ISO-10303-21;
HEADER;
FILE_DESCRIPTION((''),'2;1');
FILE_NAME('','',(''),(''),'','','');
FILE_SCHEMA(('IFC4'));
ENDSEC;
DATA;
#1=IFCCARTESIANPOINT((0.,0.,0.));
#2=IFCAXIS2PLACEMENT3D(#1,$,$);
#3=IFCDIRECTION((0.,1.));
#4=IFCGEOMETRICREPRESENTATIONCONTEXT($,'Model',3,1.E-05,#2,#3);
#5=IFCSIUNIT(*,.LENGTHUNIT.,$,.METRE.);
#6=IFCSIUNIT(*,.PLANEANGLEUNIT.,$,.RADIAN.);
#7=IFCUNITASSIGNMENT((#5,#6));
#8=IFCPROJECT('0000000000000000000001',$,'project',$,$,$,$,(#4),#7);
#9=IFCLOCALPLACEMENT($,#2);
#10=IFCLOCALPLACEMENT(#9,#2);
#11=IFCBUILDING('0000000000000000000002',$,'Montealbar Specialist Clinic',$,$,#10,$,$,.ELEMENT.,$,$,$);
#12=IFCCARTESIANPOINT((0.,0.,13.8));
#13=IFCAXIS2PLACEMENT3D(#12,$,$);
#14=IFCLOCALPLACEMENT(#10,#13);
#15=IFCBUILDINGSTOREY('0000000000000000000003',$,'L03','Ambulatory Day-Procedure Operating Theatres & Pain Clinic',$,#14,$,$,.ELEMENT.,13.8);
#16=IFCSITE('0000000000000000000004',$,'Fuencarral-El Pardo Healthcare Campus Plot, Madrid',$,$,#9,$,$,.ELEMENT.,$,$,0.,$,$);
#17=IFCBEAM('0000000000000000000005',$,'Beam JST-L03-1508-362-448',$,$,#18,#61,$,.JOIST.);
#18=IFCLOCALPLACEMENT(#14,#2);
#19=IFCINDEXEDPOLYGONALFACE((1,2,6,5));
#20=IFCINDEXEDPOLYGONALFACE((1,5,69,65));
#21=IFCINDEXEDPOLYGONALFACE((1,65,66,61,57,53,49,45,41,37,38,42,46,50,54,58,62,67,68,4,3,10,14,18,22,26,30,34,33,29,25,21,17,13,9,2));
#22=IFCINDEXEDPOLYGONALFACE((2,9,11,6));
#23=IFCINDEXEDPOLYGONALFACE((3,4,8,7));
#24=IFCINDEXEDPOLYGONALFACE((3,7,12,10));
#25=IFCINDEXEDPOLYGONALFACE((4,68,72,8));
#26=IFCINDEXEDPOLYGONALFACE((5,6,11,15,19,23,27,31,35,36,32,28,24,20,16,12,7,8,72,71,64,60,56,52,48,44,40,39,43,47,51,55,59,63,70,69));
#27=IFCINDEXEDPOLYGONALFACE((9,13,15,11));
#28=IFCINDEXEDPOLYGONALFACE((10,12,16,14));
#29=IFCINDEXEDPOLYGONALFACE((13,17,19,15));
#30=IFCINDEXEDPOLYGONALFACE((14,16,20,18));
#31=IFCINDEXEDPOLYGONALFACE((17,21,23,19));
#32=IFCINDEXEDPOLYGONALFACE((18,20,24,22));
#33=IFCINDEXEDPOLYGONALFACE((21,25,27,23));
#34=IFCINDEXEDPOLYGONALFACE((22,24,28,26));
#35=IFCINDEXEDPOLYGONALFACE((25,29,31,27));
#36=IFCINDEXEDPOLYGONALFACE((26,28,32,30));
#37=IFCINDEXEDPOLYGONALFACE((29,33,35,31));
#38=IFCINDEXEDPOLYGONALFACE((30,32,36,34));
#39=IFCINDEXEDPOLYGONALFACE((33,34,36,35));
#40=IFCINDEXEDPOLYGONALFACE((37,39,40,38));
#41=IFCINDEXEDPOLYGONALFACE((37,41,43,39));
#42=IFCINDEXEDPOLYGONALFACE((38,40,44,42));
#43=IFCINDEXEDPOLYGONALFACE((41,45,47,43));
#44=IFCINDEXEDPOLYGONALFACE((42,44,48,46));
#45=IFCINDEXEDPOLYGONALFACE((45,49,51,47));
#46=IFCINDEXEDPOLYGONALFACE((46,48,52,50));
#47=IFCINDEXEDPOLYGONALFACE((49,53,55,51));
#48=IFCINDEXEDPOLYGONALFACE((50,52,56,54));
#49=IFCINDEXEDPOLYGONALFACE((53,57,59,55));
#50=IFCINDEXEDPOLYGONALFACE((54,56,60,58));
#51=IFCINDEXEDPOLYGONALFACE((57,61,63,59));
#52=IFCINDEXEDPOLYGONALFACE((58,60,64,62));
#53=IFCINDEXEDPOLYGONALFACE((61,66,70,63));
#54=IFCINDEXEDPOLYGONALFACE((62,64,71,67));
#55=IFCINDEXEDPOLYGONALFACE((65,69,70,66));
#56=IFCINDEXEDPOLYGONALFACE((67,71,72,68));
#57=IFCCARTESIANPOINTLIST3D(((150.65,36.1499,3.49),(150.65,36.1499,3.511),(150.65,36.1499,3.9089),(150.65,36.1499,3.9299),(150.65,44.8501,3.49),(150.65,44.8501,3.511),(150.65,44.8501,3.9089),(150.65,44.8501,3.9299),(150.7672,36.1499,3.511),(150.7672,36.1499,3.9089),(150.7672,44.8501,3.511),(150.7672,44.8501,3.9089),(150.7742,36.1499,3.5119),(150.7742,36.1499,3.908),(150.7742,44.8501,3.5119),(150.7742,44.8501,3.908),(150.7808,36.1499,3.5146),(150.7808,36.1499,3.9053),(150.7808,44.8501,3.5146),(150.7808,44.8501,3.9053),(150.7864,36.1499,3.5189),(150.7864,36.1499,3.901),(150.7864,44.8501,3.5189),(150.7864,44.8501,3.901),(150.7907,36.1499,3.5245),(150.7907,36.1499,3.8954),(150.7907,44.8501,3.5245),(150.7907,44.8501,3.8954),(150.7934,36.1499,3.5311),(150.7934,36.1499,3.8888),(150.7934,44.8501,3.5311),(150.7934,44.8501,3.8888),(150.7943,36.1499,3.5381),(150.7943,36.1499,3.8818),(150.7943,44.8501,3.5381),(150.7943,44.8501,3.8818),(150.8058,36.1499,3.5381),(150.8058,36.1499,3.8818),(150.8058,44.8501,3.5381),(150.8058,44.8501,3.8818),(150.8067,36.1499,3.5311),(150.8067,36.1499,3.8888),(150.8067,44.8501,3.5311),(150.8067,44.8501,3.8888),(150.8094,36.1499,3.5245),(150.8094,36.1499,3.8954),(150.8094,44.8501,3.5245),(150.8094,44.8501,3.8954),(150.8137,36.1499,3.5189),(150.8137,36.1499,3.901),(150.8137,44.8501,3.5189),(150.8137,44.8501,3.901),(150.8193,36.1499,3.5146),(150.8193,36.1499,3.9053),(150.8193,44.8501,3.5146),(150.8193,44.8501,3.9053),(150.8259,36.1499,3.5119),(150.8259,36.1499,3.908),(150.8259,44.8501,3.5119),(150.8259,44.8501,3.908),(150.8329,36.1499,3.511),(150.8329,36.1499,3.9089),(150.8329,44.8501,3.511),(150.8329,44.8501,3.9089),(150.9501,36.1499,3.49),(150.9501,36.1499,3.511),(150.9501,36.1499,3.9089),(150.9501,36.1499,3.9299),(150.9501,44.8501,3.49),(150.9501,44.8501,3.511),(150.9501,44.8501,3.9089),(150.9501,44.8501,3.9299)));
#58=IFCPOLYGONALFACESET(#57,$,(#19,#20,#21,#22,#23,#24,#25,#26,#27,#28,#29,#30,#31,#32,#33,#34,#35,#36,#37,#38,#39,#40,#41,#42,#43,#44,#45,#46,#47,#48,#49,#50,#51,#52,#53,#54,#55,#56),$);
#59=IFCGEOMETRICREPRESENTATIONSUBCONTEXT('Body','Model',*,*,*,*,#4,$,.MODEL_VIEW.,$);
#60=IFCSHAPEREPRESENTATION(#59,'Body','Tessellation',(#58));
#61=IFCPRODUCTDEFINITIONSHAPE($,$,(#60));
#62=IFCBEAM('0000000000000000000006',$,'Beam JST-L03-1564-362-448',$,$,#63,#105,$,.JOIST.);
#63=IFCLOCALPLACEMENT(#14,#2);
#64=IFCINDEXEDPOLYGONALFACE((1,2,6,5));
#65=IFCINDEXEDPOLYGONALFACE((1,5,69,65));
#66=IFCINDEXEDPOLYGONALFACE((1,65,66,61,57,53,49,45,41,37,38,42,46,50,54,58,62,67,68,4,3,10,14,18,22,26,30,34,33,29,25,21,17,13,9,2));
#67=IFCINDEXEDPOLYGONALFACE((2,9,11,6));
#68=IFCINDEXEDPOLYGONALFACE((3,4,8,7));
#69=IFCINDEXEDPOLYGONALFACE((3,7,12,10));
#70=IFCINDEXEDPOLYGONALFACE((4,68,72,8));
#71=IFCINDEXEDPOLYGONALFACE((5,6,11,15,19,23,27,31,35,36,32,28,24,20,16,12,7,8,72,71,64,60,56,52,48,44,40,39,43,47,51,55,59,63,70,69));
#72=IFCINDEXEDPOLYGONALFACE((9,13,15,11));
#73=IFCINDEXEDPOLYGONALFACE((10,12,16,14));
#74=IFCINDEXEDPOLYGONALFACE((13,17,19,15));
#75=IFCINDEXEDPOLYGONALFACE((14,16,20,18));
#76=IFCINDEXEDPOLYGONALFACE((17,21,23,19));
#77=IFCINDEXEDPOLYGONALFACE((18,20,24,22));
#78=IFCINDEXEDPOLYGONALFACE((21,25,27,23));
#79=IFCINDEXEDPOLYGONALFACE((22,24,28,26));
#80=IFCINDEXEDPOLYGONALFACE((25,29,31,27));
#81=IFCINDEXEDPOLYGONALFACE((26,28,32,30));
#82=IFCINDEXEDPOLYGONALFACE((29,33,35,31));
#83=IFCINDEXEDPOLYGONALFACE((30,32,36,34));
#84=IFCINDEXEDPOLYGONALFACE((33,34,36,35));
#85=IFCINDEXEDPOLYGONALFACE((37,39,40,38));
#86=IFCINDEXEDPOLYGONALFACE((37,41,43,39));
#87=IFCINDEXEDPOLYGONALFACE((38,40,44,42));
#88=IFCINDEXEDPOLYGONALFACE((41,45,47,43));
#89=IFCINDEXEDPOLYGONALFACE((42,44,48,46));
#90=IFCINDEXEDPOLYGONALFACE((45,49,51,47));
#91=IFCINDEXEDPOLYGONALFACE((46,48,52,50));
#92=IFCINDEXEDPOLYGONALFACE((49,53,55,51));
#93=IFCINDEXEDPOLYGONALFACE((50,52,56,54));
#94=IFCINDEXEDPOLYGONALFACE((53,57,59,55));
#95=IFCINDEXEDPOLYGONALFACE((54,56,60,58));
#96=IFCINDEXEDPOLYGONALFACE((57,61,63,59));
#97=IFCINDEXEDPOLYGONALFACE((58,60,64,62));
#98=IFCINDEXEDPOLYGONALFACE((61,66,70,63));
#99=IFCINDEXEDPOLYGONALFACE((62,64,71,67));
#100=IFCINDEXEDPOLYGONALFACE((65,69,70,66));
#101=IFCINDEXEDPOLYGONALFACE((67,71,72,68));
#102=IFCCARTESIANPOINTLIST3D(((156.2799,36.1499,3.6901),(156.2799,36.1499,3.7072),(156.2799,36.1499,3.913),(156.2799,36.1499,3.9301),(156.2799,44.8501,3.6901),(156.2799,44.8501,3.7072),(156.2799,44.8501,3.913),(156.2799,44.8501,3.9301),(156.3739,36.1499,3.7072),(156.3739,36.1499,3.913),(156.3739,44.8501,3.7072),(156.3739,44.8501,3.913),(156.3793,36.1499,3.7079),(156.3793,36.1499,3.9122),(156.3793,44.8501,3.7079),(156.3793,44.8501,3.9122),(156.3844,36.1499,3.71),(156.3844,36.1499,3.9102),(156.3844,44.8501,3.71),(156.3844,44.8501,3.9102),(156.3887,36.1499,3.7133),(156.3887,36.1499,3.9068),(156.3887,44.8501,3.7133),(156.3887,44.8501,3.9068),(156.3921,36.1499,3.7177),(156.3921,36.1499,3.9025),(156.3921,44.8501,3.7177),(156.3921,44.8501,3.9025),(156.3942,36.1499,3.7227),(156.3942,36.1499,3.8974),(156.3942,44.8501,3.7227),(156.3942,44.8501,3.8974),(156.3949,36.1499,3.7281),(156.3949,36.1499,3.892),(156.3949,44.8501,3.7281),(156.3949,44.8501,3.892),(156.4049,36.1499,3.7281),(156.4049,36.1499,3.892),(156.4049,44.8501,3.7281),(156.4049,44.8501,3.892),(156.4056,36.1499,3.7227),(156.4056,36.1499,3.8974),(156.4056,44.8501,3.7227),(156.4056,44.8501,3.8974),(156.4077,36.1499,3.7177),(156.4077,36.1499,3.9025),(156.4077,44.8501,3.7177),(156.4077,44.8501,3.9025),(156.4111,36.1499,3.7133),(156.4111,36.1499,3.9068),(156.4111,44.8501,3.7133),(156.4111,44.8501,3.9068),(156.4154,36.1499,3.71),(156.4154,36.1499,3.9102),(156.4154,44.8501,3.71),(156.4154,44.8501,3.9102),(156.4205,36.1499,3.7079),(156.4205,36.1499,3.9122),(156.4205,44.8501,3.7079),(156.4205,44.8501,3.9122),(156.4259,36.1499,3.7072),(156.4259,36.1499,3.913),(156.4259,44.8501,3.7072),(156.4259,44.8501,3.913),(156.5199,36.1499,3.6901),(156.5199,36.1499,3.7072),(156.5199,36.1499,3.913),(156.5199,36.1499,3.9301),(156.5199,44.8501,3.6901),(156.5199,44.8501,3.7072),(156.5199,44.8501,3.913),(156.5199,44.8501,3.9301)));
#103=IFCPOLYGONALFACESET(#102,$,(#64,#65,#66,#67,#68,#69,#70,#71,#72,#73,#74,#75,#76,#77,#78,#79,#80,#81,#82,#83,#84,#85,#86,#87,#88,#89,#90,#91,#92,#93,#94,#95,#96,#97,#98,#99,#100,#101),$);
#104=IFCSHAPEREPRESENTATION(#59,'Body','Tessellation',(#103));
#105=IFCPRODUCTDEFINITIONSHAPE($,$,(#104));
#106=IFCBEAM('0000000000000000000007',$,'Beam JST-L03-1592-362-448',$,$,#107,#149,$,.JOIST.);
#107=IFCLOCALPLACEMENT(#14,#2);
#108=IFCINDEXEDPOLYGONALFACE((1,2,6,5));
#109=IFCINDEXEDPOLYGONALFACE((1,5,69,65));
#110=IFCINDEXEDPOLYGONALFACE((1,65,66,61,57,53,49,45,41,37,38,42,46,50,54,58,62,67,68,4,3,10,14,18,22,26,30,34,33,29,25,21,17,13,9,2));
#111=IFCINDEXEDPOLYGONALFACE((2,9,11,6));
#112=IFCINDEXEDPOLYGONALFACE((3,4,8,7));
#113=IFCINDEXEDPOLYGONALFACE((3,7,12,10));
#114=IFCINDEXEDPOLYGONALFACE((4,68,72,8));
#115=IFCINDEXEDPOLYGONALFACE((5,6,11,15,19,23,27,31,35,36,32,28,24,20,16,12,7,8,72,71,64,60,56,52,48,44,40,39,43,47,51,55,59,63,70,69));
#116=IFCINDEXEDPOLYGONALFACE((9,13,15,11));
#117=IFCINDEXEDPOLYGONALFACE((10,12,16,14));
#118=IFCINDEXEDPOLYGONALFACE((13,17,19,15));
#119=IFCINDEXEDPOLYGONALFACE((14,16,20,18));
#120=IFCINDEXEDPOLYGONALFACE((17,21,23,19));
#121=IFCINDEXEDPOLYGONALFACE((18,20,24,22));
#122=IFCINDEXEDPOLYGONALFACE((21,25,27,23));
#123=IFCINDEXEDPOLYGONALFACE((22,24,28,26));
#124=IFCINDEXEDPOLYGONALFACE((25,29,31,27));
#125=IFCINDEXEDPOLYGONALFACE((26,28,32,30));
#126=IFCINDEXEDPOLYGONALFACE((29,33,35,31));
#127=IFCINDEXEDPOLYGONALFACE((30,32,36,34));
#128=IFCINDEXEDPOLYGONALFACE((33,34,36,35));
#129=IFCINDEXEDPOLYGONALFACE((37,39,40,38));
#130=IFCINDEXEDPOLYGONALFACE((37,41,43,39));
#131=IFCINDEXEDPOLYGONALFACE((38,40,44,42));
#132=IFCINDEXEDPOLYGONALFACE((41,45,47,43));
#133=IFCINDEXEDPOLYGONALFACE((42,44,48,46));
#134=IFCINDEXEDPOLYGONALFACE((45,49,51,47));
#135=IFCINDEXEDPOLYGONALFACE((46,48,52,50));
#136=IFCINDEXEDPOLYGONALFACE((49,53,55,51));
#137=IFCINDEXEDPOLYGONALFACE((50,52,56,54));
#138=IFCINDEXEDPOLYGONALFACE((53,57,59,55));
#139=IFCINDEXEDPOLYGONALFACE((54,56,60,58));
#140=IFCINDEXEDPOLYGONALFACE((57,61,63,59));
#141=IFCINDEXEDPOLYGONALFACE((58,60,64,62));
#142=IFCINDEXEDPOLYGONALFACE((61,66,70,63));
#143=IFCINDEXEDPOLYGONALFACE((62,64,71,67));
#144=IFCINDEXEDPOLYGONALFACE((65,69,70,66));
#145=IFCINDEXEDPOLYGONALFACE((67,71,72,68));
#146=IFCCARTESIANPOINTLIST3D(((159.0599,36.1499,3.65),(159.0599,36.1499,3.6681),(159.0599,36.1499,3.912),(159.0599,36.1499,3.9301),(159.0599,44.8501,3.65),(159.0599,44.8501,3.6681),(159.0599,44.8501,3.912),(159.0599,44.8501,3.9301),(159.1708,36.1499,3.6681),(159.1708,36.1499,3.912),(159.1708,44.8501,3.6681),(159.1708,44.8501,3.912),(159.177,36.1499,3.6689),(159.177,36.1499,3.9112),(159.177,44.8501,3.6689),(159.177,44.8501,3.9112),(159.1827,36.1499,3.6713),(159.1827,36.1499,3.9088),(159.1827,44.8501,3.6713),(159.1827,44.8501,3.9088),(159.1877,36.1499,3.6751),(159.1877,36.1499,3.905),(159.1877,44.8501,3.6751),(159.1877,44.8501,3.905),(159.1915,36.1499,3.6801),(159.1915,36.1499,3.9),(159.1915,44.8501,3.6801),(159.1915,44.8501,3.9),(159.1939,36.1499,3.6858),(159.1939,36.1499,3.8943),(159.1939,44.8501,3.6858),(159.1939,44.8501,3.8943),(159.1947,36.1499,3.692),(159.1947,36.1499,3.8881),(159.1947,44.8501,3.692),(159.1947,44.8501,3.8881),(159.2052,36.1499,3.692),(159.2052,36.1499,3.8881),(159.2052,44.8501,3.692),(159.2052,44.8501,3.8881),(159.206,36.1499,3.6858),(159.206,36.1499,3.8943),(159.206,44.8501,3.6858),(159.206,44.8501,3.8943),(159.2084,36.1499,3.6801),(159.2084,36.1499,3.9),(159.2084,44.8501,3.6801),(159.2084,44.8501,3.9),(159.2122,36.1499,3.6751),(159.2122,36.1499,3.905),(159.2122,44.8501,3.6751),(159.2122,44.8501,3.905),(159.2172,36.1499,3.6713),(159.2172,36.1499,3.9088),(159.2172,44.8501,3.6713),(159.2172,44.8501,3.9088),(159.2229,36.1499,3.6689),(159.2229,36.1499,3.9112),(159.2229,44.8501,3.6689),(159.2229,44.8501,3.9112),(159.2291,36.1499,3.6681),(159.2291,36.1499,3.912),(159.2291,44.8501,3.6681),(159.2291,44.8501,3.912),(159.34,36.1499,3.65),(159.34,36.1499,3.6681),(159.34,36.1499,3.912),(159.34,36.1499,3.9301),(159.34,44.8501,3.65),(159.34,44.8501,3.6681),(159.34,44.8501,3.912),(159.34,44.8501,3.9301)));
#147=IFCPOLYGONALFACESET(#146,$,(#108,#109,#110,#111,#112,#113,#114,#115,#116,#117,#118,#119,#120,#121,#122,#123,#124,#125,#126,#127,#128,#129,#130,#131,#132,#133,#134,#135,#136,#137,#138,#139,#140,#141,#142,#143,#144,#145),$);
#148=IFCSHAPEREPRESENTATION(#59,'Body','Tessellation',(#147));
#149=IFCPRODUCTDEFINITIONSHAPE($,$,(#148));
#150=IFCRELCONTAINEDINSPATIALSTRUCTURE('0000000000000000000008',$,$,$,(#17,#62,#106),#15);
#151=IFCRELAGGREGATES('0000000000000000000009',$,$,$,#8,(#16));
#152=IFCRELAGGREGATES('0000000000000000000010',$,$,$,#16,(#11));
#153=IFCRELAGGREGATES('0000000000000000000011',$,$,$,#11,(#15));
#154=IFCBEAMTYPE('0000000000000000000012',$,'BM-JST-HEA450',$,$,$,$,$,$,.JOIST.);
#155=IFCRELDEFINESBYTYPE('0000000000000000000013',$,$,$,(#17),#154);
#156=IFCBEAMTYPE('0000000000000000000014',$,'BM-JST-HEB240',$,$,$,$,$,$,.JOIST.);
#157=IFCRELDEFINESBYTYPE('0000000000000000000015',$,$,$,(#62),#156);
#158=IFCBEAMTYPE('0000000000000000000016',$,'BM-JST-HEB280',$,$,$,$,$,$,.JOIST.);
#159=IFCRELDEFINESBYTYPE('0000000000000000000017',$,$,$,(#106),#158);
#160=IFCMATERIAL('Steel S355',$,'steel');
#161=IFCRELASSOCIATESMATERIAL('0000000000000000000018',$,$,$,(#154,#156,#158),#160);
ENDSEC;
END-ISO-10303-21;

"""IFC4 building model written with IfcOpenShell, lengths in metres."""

from ifc_helpers import new_model, si_unit, direction, frame, origin, origin_2d, place, context, subcontext, project, spatial, i_section, extrude, material, material_profile, profile_set, type_object, element, save


model = new_model("IFC4")

# Units and contexts
model_context = context("Model", 3, precision=1e-05, world=origin(), true_north=direction((0.0, 1.0)))
body_context = subcontext(model_context, "Body", "Model", "MODEL_VIEW")
ifc_project = project(units=[si_unit("LENGTHUNIT", "METRE"), si_unit("PLANEANGLEUNIT", "RADIAN")], contexts=[model_context])

# Site, building, storey
site_placement = place(None, origin())
site = spatial("IfcSite", under=ifc_project, at=site_placement, Name="Fuencarral-El Pardo Healthcare Campus Plot, Madrid", CompositionType="ELEMENT", RefElevation=0.0)
building_placement = place(site_placement, origin())
building = spatial("IfcBuilding", under=site, at=building_placement, Name="Montealbar Specialist Clinic", CompositionType="ELEMENT")
storey_placement = place(building_placement, frame((0.0, 0.0, 13.8)))
storey = spatial("IfcBuildingStorey", under=building, at=storey_placement, Name="L03", Description="Ambulatory Day-Procedure Operating Theatres & Pain Clinic", CompositionType="ELEMENT", Elevation=13.8)

# Shared definitions
ifc_material_1 = material(Name="Steel S355", Category="steel")

# Beams
ifc_material_profile_1 = material_profile(ifc_material_1, i_section(OverallWidth=0.3, OverallDepth=0.4399, WebThickness=0.0115, FlangeThickness=0.021, FilletRadius=0.0271, at=origin_2d()), Name="HEA 450", Category="steel")
ifc_profile_set_1 = profile_set([ifc_material_profile_1], Name="Steel S355")
beam_type_1 = type_object("IfcBeamType", Name="BM-JST-HEA450", PredefinedType="JOIST", material=ifc_profile_set_1)
beam_1_placement = place(storey_placement, frame((150.8, 36.1499, 3.71), z_axis=(0.0, 1.0, 0.0), x_axis=(-1.0, 0.0, 0.0)))
element("IfcBeam", 1, at=beam_1_placement, inside=storey, type_object=beam_type_1, Name="Beam JST-L03-1508-362-448", PredefinedType="JOIST", context=body_context, shape_type="SweptSolid", body=[
    extrude(i_section(OverallWidth=0.3, OverallDepth=0.4399, WebThickness=0.0115, FlangeThickness=0.021, FilletRadius=0.0271, at=origin_2d()), origin(), (0.0, 0.0, 1.0), 8.7002),
])
ifc_material_profile_2 = material_profile(ifc_material_1, i_section(OverallWidth=0.24, OverallDepth=0.24, WebThickness=0.01, FlangeThickness=0.0171, FilletRadius=0.021, at=origin_2d()), Name="HEB 240", Category="steel")
ifc_profile_set_2 = profile_set([ifc_material_profile_2], Name="Steel S355")
beam_type_2 = type_object("IfcBeamType", Name="BM-JST-HEB240", PredefinedType="JOIST", material=ifc_profile_set_2)
beam_2_placement = place(storey_placement, frame((156.3999, 36.1499, 3.8101), z_axis=(0.0, 1.0, 0.0), x_axis=(-1.0, 0.0, 0.0)))
element("IfcBeam", 2, at=beam_2_placement, inside=storey, type_object=beam_type_2, Name="Beam JST-L03-1564-362-448", PredefinedType="JOIST", context=body_context, shape_type="SweptSolid", body=[
    extrude(i_section(OverallWidth=0.24, OverallDepth=0.24, WebThickness=0.01, FlangeThickness=0.0171, FilletRadius=0.021, at=origin_2d()), origin(), (0.0, 0.0, 1.0), 8.7002),
])
ifc_material_profile_3 = material_profile(ifc_material_1, i_section(OverallWidth=0.28, OverallDepth=0.28, WebThickness=0.0105, FlangeThickness=0.0181, FilletRadius=0.0239, at=origin_2d()), Name="HEB 280", Category="steel")
ifc_profile_set_3 = profile_set([ifc_material_profile_3], Name="Steel S355")
beam_type_3 = type_object("IfcBeamType", Name="BM-JST-HEB280", PredefinedType="JOIST", material=ifc_profile_set_3)
beam_3_placement = place(storey_placement, frame((159.2, 36.1499, 3.79), z_axis=(0.0, 1.0, 0.0), x_axis=(-1.0, 0.0, 0.0)))
element("IfcBeam", 3, at=beam_3_placement, inside=storey, type_object=beam_type_3, Name="Beam JST-L03-1592-362-448", PredefinedType="JOIST", context=body_context, shape_type="SweptSolid", body=[
    extrude(i_section(OverallWidth=0.28, OverallDepth=0.28, WebThickness=0.0105, FlangeThickness=0.0181, FilletRadius=0.0239, at=origin_2d()), origin(), (0.0, 0.0, 1.0), 8.7002),
])

save(model, "model.ifc")
